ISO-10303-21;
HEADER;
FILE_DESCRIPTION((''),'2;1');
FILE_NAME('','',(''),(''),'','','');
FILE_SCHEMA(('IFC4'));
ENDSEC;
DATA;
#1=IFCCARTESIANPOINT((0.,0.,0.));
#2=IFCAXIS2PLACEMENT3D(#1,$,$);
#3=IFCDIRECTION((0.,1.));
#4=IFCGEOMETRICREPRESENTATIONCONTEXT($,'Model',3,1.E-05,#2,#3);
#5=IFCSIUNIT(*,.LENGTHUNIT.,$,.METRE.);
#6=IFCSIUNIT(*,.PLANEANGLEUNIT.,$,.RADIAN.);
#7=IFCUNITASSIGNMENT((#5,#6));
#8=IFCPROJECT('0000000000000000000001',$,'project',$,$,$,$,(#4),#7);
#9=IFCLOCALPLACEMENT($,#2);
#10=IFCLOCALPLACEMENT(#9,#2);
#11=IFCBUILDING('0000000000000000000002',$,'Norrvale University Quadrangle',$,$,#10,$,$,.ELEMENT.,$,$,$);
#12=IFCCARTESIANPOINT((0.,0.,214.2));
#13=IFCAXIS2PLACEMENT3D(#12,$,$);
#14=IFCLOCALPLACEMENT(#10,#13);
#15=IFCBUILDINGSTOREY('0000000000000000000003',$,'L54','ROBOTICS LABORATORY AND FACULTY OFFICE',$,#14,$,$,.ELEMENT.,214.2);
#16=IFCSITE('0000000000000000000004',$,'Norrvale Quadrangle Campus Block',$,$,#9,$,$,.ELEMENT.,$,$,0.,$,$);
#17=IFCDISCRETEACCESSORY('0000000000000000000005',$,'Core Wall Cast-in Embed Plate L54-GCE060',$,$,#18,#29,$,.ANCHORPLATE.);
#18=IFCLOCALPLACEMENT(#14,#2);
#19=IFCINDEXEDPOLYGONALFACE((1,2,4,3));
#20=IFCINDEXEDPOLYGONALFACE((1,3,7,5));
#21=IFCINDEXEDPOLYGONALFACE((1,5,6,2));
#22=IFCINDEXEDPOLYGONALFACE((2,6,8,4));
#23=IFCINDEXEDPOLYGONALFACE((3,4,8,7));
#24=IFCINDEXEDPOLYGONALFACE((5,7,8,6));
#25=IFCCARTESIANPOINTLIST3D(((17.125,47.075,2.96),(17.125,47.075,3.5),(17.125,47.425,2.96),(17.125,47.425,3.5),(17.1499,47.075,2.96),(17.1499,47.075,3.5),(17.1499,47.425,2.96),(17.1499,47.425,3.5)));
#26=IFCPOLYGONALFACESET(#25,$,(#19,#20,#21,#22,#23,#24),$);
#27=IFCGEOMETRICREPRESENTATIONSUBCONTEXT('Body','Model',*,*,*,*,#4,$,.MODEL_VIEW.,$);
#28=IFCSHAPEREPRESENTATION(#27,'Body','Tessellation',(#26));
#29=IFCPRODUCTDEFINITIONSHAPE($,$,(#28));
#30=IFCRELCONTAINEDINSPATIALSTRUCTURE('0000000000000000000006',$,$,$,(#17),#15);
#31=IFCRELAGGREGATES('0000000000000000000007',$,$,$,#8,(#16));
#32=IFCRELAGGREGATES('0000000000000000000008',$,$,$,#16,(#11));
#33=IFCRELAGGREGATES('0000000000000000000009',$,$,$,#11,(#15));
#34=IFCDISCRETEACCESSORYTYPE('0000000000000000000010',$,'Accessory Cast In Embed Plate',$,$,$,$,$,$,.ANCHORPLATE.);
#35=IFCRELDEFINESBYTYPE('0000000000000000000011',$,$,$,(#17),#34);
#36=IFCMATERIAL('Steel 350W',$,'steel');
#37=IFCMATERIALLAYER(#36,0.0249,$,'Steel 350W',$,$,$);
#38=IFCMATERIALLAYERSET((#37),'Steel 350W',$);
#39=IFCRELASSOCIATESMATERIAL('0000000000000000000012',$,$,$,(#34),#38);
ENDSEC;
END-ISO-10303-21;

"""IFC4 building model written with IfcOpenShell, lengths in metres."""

from ifc_helpers import new_model, si_unit, direction, frame, origin, origin_2d, place, context, subcontext, project, spatial, rectangle, extrude, material, layer, layer_set, type_object, element, save


model = new_model("IFC4")

# Units and contexts
model_context = context("Model", 3, precision=1e-05, world=origin(), true_north=direction((0.0, 1.0)))
body_context = subcontext(model_context, "Body", "Model", "MODEL_VIEW")
ifc_project = project(units=[si_unit("LENGTHUNIT", "METRE"), si_unit("PLANEANGLEUNIT", "RADIAN")], contexts=[model_context])

# Site, building, storey
site_placement = place(None, origin())
site = spatial("IfcSite", under=ifc_project, at=site_placement, Name="Norrvale Quadrangle Campus Block", CompositionType="ELEMENT", RefElevation=0.0)
building_placement = place(site_placement, origin())
building = spatial("IfcBuilding", under=site, at=building_placement, Name="Norrvale University Quadrangle", CompositionType="ELEMENT")
storey_placement = place(building_placement, frame((0.0, 0.0, 214.2)))
storey = spatial("IfcBuildingStorey", under=building, at=storey_placement, Name="L54", Description="ROBOTICS LABORATORY AND FACULTY OFFICE", CompositionType="ELEMENT", Elevation=214.2)

# Shared definitions
ifc_material_1 = material(Name="Steel 350W", Category="steel")

# Discrete accessory
ifc_layer_1 = layer(ifc_material_1, 0.0249, Name="Steel 350W")
ifc_layer_set_1 = layer_set([ifc_layer_1], Name="Steel 350W")
discrete_accessory_type = type_object("IfcDiscreteAccessoryType", Name="Accessory Cast In Embed Plate", PredefinedType="ANCHORPLATE", material=ifc_layer_set_1)
discrete_accessory_placement = place(storey_placement, frame((17.1375, 47.25, 2.96), z_axis=(0.0, 0.0, 1.0), x_axis=(1.0, 0.0, 0.0)))
element("IfcDiscreteAccessory", 1, at=discrete_accessory_placement, inside=storey, type_object=discrete_accessory_type, Name="Core Wall Cast-in Embed Plate L54-GCE060", PredefinedType="ANCHORPLATE", context=body_context, shape_type="SweptSolid", body=[
    extrude(rectangle(XDim=0.0249, YDim=0.3501, at=origin_2d()), origin(), (0.0, 0.0, 1.0), 0.54),
])

save(model, "model.ifc")
